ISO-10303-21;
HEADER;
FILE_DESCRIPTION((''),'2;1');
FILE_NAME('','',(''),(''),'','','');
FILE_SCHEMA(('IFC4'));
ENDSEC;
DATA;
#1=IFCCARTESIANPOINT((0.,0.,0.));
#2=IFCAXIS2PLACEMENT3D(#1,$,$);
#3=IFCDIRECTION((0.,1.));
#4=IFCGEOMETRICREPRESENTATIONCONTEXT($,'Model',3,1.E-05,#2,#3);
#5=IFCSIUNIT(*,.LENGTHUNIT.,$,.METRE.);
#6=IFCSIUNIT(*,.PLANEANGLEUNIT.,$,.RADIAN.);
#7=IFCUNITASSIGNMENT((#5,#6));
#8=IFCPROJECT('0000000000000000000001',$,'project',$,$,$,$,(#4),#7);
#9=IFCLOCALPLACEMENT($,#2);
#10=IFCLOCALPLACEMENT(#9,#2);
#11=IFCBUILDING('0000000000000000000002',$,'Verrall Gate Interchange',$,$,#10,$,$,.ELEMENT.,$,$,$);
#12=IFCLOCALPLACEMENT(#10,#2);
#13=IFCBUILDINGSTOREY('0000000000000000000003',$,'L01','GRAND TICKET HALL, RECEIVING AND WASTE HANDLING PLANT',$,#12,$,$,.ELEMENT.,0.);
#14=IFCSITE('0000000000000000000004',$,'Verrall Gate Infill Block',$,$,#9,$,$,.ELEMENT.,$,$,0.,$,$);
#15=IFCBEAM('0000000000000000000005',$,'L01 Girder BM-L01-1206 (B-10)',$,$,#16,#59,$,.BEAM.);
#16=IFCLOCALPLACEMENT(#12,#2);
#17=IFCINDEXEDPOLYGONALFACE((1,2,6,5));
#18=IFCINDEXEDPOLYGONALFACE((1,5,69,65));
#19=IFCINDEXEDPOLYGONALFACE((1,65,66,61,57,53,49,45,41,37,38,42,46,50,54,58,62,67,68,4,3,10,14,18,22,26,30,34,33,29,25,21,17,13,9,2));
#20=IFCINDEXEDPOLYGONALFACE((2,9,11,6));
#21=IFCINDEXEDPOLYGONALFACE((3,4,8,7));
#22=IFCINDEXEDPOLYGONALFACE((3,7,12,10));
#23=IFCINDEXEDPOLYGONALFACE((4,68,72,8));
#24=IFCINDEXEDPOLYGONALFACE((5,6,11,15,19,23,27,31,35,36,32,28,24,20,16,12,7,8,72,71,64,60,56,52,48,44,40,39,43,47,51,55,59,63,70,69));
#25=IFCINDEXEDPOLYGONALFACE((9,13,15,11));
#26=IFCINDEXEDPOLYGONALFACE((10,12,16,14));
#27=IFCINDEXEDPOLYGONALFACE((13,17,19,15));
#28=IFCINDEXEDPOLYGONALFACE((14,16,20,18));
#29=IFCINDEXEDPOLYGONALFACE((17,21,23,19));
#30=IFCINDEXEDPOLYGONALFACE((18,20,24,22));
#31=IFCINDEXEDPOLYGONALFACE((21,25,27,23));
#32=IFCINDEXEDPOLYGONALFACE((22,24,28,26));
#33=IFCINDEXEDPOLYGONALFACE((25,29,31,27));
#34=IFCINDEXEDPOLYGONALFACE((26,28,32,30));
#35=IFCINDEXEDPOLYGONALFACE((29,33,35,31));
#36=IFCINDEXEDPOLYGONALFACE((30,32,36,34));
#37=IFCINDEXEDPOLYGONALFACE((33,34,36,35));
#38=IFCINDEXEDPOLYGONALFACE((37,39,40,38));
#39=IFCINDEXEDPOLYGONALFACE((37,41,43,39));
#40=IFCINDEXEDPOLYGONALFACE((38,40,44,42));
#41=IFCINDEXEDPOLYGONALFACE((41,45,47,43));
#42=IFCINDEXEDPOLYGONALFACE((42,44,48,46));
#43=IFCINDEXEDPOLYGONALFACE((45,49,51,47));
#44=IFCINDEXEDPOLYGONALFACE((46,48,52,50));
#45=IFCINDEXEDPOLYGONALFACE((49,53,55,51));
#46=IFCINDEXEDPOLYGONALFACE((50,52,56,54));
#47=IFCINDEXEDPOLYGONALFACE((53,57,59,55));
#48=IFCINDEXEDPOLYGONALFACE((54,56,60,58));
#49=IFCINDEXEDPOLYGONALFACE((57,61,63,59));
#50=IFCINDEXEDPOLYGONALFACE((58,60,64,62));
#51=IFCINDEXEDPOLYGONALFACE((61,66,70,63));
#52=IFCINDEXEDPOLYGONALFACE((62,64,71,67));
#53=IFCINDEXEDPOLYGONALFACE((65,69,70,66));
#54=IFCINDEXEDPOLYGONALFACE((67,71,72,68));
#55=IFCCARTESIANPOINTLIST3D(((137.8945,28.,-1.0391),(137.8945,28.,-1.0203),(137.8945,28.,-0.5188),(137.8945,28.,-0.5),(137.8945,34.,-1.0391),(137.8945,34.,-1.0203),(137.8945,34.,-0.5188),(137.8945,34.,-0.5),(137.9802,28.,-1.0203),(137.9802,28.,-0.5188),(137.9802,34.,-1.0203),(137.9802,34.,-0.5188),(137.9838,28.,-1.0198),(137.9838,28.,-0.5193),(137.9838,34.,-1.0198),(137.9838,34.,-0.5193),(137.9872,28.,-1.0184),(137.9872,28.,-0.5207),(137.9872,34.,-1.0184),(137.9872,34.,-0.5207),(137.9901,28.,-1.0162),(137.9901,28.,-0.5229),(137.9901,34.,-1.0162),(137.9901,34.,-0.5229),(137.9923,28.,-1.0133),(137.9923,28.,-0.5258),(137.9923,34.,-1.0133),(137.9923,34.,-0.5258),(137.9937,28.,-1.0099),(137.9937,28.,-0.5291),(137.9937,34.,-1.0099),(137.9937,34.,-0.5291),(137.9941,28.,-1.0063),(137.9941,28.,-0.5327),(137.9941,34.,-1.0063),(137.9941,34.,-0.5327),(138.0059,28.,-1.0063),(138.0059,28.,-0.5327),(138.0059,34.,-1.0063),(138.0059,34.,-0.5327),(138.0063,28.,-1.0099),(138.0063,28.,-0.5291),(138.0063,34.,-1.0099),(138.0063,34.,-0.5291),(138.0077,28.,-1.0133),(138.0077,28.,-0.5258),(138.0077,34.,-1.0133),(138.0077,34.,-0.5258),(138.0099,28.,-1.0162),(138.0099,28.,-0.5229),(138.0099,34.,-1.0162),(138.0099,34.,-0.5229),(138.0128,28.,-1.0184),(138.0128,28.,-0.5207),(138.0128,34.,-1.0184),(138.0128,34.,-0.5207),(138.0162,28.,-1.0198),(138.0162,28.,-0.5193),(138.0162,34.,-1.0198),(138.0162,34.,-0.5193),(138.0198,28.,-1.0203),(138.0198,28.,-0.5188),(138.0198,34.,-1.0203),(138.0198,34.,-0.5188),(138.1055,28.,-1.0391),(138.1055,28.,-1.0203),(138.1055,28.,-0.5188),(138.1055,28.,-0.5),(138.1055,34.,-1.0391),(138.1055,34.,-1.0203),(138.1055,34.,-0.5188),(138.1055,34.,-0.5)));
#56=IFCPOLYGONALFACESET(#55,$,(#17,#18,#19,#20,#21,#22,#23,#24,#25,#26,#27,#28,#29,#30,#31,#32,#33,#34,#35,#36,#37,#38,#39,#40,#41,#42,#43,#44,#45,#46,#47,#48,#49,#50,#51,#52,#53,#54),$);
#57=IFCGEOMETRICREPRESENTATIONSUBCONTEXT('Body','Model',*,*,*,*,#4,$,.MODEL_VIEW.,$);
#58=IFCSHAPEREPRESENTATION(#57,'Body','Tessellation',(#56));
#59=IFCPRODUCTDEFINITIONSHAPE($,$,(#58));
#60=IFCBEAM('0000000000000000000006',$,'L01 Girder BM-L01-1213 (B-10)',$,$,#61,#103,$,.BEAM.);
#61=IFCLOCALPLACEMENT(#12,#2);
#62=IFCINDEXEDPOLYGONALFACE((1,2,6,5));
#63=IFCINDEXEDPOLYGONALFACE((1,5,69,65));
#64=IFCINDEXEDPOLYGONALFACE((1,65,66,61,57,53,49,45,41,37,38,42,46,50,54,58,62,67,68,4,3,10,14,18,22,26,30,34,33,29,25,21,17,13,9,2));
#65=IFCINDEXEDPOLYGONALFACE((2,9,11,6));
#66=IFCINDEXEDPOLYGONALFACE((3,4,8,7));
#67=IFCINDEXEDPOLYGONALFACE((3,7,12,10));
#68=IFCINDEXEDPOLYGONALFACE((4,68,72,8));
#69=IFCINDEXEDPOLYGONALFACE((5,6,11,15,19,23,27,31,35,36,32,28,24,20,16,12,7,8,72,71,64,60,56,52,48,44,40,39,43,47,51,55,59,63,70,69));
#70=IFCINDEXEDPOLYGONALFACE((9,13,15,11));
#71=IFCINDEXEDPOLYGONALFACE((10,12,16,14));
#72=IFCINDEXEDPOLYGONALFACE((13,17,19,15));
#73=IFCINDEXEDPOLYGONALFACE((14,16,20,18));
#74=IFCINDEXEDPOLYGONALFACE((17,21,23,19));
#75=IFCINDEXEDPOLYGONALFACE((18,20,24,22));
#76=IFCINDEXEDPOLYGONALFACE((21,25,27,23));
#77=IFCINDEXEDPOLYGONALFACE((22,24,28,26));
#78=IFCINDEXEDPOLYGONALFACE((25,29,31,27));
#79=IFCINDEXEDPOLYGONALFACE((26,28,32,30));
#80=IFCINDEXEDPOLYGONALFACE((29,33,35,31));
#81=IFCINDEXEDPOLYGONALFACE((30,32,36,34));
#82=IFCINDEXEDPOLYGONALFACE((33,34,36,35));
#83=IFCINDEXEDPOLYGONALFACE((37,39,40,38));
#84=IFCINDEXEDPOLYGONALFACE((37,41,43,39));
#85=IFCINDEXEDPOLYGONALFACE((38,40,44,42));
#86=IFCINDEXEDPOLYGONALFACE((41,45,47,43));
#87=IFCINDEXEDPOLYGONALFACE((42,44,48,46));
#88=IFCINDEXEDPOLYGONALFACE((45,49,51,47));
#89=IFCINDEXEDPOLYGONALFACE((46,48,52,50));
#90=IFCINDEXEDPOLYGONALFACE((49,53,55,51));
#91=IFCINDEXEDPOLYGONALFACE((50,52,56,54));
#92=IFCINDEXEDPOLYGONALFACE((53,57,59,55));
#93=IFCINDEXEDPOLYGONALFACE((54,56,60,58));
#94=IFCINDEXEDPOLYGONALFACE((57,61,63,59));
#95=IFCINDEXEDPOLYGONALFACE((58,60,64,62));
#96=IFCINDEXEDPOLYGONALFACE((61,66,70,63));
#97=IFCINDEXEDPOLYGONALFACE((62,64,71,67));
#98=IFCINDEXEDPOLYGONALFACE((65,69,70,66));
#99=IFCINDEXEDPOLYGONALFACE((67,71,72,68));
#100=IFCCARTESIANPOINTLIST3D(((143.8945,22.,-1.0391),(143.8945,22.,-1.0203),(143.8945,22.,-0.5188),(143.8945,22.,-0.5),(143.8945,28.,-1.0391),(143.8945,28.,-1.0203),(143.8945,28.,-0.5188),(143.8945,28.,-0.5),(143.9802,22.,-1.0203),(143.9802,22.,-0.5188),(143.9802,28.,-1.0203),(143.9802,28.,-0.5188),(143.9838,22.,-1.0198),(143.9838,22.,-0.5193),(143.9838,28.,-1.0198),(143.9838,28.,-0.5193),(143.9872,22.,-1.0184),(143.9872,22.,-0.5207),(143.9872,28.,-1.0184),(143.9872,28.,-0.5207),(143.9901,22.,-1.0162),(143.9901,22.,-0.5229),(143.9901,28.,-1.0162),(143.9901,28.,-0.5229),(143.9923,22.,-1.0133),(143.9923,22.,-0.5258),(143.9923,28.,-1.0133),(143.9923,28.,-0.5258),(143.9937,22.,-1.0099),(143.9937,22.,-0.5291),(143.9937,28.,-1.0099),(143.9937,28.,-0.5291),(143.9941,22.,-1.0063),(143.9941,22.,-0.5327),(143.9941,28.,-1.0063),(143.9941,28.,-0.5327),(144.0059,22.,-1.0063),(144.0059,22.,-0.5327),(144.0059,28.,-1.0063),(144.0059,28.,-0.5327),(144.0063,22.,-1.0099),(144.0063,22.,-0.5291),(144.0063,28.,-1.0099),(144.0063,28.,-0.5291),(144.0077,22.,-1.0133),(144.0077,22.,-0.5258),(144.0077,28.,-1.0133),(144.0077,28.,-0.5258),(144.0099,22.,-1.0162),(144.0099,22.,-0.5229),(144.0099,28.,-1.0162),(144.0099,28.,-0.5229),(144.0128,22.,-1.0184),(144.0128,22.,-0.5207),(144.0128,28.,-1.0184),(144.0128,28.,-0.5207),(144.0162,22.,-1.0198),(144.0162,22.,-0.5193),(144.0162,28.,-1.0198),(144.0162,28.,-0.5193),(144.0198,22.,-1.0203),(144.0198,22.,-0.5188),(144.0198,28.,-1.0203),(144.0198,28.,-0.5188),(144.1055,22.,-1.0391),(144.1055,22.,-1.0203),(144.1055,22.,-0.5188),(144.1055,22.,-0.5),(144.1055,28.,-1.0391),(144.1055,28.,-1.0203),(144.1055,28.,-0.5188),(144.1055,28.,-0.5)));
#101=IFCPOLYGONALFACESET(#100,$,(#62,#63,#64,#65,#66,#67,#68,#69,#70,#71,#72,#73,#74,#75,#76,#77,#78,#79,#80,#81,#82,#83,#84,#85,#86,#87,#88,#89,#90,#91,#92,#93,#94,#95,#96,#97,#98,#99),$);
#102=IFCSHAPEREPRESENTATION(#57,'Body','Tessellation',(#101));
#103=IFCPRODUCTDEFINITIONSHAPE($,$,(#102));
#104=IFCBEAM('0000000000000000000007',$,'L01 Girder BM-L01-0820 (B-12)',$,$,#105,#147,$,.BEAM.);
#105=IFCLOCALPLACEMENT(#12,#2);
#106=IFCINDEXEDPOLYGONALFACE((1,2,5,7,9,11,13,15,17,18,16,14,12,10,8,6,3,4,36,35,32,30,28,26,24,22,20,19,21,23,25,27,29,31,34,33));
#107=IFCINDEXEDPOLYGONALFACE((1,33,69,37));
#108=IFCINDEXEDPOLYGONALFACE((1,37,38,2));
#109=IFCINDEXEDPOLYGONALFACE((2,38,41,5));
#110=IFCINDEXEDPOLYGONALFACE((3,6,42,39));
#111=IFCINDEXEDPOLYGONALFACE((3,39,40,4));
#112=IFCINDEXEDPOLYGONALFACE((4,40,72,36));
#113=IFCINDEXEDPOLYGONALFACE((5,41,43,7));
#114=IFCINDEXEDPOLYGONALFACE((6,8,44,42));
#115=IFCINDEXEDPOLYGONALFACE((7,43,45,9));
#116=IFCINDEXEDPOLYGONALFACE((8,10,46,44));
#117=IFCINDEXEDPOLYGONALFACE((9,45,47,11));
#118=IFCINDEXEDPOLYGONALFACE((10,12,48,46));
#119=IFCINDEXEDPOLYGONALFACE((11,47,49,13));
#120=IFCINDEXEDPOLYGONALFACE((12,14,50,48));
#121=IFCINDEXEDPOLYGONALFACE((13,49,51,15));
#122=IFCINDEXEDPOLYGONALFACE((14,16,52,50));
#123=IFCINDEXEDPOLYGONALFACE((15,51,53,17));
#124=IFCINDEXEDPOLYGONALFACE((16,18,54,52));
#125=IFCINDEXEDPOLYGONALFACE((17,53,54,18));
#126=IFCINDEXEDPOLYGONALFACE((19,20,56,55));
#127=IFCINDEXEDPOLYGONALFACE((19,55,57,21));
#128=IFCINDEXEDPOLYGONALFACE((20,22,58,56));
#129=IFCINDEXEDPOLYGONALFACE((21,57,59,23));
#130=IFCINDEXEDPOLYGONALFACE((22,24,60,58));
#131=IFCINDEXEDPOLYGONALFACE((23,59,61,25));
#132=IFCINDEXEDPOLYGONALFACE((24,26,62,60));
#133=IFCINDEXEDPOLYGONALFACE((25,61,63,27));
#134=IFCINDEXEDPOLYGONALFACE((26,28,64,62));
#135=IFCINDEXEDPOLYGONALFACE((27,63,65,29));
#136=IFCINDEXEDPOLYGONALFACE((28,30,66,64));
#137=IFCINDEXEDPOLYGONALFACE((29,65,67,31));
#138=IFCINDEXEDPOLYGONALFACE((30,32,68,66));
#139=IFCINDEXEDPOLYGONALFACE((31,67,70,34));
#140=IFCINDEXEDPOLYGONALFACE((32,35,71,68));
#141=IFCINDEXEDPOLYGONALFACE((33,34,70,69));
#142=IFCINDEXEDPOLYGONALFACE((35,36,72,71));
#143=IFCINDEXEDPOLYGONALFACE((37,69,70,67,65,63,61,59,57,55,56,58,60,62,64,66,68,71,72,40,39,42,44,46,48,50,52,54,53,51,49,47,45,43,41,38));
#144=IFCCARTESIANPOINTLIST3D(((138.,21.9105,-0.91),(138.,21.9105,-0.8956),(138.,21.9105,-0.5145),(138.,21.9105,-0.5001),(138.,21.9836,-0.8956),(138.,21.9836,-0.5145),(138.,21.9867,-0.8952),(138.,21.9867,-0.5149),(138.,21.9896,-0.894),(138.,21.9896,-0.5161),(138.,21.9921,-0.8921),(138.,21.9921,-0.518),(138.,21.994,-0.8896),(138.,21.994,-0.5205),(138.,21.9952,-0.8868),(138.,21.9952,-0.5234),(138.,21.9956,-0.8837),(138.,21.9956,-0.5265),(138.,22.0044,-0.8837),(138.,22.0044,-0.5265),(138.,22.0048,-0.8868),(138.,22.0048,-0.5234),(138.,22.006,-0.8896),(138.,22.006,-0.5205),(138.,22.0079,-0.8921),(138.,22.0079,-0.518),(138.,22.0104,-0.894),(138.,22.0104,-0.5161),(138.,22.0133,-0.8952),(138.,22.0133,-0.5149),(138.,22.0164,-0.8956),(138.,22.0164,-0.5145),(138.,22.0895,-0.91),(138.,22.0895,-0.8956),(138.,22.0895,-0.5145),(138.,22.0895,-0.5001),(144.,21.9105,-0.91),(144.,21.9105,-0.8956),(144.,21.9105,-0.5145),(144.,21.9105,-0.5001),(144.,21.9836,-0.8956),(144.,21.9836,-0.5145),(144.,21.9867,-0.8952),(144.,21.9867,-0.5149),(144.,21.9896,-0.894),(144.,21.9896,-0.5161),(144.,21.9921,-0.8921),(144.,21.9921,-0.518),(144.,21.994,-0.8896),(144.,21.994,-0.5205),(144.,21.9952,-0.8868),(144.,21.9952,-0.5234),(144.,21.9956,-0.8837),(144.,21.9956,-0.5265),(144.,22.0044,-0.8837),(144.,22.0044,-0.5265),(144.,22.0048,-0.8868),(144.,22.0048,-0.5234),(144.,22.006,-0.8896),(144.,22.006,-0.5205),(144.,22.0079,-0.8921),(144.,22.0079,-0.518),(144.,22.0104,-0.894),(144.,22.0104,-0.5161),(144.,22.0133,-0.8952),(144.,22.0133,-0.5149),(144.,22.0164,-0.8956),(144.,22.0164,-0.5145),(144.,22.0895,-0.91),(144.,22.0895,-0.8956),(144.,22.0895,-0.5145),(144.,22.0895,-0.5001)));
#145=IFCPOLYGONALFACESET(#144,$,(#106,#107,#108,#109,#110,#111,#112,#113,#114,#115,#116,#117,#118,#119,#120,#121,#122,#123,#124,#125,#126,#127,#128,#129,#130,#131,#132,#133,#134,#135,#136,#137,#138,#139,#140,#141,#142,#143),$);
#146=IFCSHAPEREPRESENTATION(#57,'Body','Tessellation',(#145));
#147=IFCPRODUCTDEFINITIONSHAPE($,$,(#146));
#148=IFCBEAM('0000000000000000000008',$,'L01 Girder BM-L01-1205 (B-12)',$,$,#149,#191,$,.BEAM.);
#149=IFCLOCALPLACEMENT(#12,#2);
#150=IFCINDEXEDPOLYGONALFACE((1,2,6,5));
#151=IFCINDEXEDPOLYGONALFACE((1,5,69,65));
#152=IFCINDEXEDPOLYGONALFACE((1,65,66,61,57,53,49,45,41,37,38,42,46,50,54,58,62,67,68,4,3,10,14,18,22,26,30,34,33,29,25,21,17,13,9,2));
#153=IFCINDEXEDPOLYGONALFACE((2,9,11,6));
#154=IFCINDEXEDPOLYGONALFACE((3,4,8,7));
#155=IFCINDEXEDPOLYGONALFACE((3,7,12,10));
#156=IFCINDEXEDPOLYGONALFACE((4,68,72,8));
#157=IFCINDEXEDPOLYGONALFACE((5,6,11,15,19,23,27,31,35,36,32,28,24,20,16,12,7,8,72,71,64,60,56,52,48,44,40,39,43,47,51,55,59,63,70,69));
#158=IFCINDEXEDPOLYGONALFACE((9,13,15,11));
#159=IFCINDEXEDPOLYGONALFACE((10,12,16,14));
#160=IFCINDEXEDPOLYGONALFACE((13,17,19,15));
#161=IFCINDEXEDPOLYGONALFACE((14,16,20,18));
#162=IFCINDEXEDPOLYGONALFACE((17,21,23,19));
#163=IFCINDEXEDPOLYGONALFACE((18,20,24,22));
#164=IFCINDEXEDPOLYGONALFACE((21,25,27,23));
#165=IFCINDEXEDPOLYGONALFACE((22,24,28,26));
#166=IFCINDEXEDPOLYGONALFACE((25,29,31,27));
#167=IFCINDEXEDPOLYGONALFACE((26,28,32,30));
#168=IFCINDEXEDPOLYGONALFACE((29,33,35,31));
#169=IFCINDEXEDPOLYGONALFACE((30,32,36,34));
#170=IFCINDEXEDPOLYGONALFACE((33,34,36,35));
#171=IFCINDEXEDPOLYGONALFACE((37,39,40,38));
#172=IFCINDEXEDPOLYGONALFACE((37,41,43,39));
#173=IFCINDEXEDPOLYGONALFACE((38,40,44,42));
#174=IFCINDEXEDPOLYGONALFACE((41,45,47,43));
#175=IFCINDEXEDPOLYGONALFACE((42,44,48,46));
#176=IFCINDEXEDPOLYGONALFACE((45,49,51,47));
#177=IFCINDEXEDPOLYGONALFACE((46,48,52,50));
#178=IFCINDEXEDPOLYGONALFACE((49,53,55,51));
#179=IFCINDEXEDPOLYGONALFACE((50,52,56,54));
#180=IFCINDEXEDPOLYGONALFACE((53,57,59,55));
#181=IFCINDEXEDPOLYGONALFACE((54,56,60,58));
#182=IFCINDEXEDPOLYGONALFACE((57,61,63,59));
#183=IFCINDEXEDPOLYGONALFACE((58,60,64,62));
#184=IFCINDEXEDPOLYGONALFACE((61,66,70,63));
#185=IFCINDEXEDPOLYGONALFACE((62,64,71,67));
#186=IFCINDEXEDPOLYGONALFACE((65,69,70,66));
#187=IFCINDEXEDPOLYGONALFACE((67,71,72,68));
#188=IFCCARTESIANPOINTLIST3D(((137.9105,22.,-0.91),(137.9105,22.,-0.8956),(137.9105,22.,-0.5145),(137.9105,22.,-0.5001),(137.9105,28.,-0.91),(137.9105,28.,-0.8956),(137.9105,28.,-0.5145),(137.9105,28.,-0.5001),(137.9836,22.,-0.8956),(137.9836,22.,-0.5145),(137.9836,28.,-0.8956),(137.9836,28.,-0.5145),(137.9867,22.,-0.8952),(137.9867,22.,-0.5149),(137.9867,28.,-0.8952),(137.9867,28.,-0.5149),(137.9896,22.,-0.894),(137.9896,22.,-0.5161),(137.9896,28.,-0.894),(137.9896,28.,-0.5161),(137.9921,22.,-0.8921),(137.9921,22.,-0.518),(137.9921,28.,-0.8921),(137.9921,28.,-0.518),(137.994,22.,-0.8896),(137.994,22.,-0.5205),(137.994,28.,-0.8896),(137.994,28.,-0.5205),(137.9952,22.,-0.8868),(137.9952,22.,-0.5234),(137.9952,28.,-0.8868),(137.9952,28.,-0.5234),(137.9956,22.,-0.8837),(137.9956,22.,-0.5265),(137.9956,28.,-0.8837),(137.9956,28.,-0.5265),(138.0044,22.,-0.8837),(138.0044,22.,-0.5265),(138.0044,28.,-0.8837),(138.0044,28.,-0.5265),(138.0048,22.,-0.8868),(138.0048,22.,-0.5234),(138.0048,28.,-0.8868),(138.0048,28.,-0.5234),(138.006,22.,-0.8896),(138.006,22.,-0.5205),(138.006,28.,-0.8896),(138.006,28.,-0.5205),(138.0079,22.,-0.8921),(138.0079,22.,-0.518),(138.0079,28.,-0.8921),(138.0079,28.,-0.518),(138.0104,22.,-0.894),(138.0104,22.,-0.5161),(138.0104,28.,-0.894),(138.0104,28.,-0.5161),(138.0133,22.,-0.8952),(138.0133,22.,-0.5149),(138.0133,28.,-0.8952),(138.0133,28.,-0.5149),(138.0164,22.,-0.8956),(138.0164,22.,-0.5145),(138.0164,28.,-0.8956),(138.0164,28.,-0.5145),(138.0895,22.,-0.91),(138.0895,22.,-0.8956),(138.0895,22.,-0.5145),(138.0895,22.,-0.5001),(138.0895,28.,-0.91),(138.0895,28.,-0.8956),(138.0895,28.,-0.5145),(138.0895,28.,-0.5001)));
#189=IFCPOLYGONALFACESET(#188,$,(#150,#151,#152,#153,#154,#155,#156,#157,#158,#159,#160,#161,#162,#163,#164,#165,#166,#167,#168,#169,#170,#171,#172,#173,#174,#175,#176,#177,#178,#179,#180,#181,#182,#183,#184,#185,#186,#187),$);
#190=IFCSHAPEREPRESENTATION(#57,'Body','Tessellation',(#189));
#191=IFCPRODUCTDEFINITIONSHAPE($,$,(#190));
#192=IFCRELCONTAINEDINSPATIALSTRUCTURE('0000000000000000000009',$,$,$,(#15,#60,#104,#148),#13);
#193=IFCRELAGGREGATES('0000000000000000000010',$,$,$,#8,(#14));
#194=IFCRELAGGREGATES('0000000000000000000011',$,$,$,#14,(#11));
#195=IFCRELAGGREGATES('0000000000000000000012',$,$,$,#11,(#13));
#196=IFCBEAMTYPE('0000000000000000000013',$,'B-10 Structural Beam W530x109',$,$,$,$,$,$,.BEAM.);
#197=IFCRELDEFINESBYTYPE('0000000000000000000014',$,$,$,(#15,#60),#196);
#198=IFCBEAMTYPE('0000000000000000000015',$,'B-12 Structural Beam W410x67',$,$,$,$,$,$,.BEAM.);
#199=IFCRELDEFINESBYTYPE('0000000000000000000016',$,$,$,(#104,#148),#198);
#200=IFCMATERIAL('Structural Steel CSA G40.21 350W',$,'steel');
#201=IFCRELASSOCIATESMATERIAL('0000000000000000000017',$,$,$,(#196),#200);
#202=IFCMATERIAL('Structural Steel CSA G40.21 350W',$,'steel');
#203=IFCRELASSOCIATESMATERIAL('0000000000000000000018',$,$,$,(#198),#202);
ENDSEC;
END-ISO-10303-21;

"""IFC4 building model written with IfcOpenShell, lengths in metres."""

from ifc_helpers import new_model, si_unit, direction, frame, origin, origin_2d, place, context, subcontext, project, spatial, i_section, extrude, material, material_profile, profile_set, type_object, element, save


model = new_model("IFC4")

# Units and contexts
model_context = context("Model", 3, precision=1e-05, world=origin(), true_north=direction((0.0, 1.0)))
body_context = subcontext(model_context, "Body", "Model", "MODEL_VIEW")
ifc_project = project(units=[si_unit("LENGTHUNIT", "METRE"), si_unit("PLANEANGLEUNIT", "RADIAN")], contexts=[model_context])

# Site, building, storey
site_placement = place(None, origin())
site = spatial("IfcSite", under=ifc_project, at=site_placement, Name="Verrall Gate Infill Block", CompositionType="ELEMENT", RefElevation=0.0)
building_placement = place(site_placement, origin())
building = spatial("IfcBuilding", under=site, at=building_placement, Name="Verrall Gate Interchange", CompositionType="ELEMENT")
storey_placement = place(building_placement, origin())
storey = spatial("IfcBuildingStorey", under=building, at=storey_placement, Name="L01", Description="GRAND TICKET HALL, RECEIVING AND WASTE HANDLING PLANT", CompositionType="ELEMENT", Elevation=0.0)

# Beams
ifc_material_1 = material(Name="Structural Steel CSA G40.21 350W", Category="steel")
ifc_material_profile_1 = material_profile(ifc_material_1, i_section(OverallWidth=0.2109, OverallDepth=0.5391, WebThickness=0.0117, FlangeThickness=0.0188, FilletRadius=0.0139, at=origin_2d()), Name="W530x109")
ifc_profile_set_1 = profile_set([ifc_material_profile_1], Name="Structural Steel CSA G40.21 350W")
beam_type_1 = type_object("IfcBeamType", Name="B-10 Structural Beam W530x109", PredefinedType="BEAM", material=ifc_profile_set_1)
for number, where, z_axis, x_axis, name in (
    (1, (138.0, 28.0, -0.7695), (0.0, 1.0, 0.0), (-1.0, 0.0, 0.0), "L01 Girder BM-L01-1206 (B-10)"),
    (2, (144.0, 22.0, -0.7695), (0.0, 1.0, 0.0), (-1.0, 0.0, 0.0), "L01 Girder BM-L01-1213 (B-10)"),
):
    element("IfcBeam", number, at=place(storey_placement, frame(where, z_axis=z_axis, x_axis=x_axis)), inside=storey, type_object=beam_type_1, Name=name, PredefinedType="BEAM", context=body_context, shape_type="SweptSolid", body=[
        extrude(i_section(OverallWidth=0.2109, OverallDepth=0.5391, WebThickness=0.0117, FlangeThickness=0.0188, FilletRadius=0.0139, at=origin_2d()), origin(), (0.0, 0.0, 1.0), 6.0),
    ])
ifc_material_2 = material(Name="Structural Steel CSA G40.21 350W", Category="steel")
ifc_material_profile_2 = material_profile(ifc_material_2, i_section(OverallWidth=0.179, OverallDepth=0.4099, WebThickness=0.0088, FlangeThickness=0.0144, FilletRadius=0.012, at=origin_2d()), Name="W410x67")
ifc_profile_set_2 = profile_set([ifc_material_profile_2], Name="Structural Steel CSA G40.21 350W")
beam_type_2 = type_object("IfcBeamType", Name="B-12 Structural Beam W410x67", PredefinedType="BEAM", material=ifc_profile_set_2)
for number, where, z_axis, x_axis, name in (
    (3, (138.0, 22.0, -0.7051), (1.0, 0.0, 0.0), (0.0, 1.0, 0.0), "L01 Girder BM-L01-0820 (B-12)"),
    (4, (138.0, 22.0, -0.7051), (0.0, 1.0, 0.0), (-1.0, 0.0, 0.0), "L01 Girder BM-L01-1205 (B-12)"),
):
    element("IfcBeam", number, at=place(storey_placement, frame(where, z_axis=z_axis, x_axis=x_axis)), inside=storey, type_object=beam_type_2, Name=name, PredefinedType="BEAM", context=body_context, shape_type="SweptSolid", body=[
        extrude(i_section(OverallWidth=0.179, OverallDepth=0.4099, WebThickness=0.0088, FlangeThickness=0.0144, FilletRadius=0.012, at=origin_2d()), origin(), (0.0, 0.0, 1.0), 6.0),
    ])

save(model, "model.ifc")
